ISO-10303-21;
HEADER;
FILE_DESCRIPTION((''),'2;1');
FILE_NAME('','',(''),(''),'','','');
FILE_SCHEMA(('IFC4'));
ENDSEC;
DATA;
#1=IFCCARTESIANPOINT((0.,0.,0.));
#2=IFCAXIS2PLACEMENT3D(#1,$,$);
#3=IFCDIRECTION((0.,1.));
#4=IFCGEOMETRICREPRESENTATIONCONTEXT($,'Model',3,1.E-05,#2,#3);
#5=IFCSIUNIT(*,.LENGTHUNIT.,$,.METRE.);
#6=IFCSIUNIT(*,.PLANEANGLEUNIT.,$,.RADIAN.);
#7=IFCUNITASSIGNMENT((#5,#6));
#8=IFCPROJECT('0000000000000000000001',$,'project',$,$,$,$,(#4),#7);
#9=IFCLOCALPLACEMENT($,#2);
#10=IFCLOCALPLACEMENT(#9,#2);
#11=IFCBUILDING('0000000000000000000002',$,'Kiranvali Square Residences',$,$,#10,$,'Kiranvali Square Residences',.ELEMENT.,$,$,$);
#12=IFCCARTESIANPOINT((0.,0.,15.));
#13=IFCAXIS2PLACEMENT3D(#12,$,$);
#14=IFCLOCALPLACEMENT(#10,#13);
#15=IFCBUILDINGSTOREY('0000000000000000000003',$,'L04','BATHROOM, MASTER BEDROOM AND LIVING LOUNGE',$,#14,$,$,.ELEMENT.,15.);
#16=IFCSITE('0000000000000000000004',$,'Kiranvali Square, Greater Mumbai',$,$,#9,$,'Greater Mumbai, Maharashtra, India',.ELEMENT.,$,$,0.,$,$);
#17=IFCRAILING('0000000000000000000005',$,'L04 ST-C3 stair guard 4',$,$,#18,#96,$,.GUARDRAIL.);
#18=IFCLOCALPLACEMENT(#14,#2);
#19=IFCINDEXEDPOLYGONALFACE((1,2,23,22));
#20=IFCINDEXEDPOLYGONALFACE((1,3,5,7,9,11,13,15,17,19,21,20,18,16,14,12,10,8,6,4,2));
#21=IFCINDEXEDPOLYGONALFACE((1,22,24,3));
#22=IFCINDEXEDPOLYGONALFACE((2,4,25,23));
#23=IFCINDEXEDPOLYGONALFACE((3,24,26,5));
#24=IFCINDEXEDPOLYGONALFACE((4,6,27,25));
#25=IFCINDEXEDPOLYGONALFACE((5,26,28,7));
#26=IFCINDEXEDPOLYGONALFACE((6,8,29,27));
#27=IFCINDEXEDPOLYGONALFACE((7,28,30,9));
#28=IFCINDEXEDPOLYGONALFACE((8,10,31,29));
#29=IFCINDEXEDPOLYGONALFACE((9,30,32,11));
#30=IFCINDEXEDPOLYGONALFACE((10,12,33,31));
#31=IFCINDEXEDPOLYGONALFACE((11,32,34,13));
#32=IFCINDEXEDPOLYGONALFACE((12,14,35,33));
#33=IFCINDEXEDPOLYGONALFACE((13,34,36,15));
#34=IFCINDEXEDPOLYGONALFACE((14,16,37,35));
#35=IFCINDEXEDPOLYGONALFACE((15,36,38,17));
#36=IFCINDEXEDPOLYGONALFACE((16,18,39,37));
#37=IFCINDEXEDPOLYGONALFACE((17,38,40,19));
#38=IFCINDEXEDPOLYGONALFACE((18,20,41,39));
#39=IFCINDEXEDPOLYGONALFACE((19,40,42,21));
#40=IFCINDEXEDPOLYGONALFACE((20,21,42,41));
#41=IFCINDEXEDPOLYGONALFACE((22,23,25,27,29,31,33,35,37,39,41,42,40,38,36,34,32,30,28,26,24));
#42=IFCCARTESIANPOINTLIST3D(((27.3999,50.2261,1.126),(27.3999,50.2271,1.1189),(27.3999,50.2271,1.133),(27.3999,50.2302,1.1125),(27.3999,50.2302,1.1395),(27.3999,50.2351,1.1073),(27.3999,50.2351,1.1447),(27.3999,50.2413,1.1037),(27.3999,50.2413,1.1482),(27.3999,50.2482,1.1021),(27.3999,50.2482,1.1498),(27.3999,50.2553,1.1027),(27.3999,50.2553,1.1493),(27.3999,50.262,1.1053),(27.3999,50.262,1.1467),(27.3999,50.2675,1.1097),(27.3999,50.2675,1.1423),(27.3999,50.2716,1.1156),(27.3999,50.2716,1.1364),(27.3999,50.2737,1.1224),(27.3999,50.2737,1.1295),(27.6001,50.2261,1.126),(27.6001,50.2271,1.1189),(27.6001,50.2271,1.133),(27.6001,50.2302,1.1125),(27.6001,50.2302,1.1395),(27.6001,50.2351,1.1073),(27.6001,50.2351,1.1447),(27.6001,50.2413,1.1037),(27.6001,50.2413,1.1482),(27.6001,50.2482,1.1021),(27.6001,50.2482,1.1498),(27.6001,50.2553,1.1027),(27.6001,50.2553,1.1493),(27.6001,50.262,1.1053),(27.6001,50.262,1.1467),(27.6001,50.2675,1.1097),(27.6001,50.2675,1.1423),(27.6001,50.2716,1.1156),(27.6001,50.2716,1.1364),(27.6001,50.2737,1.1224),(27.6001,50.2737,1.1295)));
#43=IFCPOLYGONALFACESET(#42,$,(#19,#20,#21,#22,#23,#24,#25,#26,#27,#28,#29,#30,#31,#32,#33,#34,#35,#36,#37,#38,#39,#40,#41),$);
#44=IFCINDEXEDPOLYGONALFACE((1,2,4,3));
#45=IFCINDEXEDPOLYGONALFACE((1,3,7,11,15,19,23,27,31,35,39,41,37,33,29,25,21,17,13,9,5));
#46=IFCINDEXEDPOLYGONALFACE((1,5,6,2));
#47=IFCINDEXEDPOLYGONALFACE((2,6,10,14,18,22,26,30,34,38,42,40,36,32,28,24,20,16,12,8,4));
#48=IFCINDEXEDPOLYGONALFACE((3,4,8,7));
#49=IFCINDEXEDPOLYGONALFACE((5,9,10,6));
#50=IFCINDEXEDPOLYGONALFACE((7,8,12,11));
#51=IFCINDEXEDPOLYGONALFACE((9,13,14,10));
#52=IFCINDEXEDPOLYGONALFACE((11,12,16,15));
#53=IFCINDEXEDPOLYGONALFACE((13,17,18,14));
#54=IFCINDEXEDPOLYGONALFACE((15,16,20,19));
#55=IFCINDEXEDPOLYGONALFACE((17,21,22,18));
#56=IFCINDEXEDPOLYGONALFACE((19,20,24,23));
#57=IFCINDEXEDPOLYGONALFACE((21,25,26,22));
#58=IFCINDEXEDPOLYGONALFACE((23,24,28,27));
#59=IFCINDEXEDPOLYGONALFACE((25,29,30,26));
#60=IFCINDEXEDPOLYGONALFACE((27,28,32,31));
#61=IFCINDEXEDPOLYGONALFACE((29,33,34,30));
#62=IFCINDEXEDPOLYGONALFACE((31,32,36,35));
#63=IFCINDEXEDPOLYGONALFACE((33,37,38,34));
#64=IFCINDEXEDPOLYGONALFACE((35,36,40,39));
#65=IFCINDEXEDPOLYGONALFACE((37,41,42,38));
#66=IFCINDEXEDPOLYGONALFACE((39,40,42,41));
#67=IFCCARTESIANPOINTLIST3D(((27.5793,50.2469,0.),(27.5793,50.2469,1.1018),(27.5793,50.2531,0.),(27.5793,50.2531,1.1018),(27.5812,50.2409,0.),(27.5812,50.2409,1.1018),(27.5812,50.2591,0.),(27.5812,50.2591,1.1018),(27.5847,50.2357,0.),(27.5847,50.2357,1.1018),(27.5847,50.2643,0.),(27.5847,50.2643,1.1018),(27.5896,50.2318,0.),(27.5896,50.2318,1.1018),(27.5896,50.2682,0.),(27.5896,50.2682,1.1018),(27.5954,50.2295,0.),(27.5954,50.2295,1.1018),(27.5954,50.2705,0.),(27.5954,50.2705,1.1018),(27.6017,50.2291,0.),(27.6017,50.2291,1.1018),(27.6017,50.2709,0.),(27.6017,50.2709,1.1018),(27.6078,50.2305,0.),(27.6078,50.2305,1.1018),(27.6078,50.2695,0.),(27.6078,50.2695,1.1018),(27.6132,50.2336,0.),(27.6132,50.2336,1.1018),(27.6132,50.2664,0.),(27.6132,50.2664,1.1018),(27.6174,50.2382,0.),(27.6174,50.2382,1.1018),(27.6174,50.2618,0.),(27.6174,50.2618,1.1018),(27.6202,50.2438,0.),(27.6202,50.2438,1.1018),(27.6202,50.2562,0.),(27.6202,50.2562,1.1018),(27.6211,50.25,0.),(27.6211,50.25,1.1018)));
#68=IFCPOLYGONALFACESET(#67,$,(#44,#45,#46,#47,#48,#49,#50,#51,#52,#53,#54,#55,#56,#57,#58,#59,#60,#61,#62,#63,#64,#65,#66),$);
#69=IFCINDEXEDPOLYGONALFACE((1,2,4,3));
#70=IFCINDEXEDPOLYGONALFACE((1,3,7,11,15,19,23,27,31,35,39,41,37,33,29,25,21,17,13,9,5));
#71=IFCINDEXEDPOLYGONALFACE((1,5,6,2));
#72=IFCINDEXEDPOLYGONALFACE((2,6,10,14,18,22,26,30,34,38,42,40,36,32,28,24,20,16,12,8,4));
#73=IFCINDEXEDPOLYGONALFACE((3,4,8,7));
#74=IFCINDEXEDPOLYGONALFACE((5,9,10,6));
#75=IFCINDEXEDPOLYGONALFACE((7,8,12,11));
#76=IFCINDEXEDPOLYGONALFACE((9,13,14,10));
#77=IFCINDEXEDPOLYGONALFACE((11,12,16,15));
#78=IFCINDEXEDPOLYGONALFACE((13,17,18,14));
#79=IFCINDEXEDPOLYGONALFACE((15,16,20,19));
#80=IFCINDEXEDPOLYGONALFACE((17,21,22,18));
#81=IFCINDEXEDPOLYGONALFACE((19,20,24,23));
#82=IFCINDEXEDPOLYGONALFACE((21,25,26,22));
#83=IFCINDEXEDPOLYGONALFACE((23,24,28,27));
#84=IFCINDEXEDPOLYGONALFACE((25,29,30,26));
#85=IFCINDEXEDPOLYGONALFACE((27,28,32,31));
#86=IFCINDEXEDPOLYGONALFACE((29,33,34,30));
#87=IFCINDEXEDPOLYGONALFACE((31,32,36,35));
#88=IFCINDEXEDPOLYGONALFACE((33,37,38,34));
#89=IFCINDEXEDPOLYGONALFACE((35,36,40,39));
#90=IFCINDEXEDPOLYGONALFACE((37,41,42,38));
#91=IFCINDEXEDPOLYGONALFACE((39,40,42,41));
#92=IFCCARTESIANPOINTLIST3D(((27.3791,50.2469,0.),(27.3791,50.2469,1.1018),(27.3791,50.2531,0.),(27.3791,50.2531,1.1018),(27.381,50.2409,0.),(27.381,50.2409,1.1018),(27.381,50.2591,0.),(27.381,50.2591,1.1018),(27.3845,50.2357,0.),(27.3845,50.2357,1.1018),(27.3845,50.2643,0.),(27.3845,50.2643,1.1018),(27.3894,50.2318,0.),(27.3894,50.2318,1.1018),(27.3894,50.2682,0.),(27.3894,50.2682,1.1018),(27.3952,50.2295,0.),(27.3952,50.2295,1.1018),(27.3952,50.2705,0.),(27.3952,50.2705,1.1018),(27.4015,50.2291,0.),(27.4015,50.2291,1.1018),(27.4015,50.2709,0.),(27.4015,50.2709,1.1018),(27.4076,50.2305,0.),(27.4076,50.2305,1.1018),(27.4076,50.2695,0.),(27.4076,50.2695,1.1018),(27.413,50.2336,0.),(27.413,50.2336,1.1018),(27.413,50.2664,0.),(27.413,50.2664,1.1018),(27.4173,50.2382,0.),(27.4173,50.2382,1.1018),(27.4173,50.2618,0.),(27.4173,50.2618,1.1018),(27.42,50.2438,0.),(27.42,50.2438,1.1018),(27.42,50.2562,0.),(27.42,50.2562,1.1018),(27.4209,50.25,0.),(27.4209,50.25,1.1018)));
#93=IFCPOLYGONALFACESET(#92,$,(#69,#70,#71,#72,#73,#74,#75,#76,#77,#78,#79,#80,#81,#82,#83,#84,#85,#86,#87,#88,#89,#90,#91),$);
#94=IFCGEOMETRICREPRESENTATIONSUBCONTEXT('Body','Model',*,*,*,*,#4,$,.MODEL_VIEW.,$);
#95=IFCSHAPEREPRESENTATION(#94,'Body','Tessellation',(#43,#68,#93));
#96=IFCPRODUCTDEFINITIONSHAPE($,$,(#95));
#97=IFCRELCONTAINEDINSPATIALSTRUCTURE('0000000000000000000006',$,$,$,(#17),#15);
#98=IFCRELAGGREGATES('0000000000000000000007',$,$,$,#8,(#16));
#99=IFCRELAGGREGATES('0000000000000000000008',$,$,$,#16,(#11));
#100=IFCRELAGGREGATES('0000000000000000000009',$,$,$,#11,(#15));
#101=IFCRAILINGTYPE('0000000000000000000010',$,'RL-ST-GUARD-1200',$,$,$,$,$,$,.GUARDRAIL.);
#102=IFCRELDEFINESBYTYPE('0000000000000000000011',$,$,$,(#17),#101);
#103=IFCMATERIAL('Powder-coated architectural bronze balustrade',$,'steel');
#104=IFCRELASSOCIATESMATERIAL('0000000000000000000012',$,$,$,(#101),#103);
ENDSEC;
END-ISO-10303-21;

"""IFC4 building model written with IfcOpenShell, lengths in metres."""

from ifc_helpers import new_model, si_unit, direction, frame, origin, origin_2d, place, context, subcontext, project, spatial, circle, extrude, material, type_object, element, save


model = new_model("IFC4")

# Units and contexts
model_context = context("Model", 3, precision=1e-05, world=origin(), true_north=direction((0.0, 1.0)))
body_context = subcontext(model_context, "Body", "Model", "MODEL_VIEW")
ifc_project = project(units=[si_unit("LENGTHUNIT", "METRE"), si_unit("PLANEANGLEUNIT", "RADIAN")], contexts=[model_context])

# Site, building, storey
site_placement = place(None, origin())
site = spatial("IfcSite", under=ifc_project, at=site_placement, Name="Kiranvali Square, Greater Mumbai", LongName="Greater Mumbai, Maharashtra, India", CompositionType="ELEMENT", RefElevation=0.0)
building_placement = place(site_placement, origin())
building = spatial("IfcBuilding", under=site, at=building_placement, Name="Kiranvali Square Residences", LongName="Kiranvali Square Residences", CompositionType="ELEMENT")
storey_placement = place(building_placement, frame((0.0, 0.0, 15.0)))
storey = spatial("IfcBuildingStorey", under=building, at=storey_placement, Name="L04", Description="BATHROOM, MASTER BEDROOM AND LIVING LOUNGE", CompositionType="ELEMENT", Elevation=15.0)

# Railing
ifc_material_1 = material(Name="Powder-coated architectural bronze balustrade", Category="steel")
railing_type_1 = type_object("IfcRailingType", Name="RL-ST-GUARD-1200", PredefinedType="GUARDRAIL", material=ifc_material_1)
railing_1_placement = place(storey_placement, frame((27.6001, 50.25, 0.0)))
element("IfcRailing", 1, at=railing_1_placement, inside=storey, type_object=railing_type_1, Name="L04 ST-C3 stair guard 4", PredefinedType="GUARDRAIL", context=body_context, shape_type="SweptSolid", body=[
    extrude(circle(Radius=0.0239, at=origin_2d()), frame((0.0, 0.0, 1.126), z_axis=(-1.0, 0.0, 0.0), x_axis=(0.0, -1.0, 0.0)), (0.0, 0.0, 1.0), 0.2002),
    extrude(circle(Radius=0.021, at=origin_2d()), origin(), (0.0, 0.0, 1.0), 1.1018),
    extrude(circle(Radius=0.021, at=origin_2d()), frame((-0.2002, 0.0, 0.0)), (0.0, 0.0, 1.0), 1.1018),
])

save(model, "model.ifc")
